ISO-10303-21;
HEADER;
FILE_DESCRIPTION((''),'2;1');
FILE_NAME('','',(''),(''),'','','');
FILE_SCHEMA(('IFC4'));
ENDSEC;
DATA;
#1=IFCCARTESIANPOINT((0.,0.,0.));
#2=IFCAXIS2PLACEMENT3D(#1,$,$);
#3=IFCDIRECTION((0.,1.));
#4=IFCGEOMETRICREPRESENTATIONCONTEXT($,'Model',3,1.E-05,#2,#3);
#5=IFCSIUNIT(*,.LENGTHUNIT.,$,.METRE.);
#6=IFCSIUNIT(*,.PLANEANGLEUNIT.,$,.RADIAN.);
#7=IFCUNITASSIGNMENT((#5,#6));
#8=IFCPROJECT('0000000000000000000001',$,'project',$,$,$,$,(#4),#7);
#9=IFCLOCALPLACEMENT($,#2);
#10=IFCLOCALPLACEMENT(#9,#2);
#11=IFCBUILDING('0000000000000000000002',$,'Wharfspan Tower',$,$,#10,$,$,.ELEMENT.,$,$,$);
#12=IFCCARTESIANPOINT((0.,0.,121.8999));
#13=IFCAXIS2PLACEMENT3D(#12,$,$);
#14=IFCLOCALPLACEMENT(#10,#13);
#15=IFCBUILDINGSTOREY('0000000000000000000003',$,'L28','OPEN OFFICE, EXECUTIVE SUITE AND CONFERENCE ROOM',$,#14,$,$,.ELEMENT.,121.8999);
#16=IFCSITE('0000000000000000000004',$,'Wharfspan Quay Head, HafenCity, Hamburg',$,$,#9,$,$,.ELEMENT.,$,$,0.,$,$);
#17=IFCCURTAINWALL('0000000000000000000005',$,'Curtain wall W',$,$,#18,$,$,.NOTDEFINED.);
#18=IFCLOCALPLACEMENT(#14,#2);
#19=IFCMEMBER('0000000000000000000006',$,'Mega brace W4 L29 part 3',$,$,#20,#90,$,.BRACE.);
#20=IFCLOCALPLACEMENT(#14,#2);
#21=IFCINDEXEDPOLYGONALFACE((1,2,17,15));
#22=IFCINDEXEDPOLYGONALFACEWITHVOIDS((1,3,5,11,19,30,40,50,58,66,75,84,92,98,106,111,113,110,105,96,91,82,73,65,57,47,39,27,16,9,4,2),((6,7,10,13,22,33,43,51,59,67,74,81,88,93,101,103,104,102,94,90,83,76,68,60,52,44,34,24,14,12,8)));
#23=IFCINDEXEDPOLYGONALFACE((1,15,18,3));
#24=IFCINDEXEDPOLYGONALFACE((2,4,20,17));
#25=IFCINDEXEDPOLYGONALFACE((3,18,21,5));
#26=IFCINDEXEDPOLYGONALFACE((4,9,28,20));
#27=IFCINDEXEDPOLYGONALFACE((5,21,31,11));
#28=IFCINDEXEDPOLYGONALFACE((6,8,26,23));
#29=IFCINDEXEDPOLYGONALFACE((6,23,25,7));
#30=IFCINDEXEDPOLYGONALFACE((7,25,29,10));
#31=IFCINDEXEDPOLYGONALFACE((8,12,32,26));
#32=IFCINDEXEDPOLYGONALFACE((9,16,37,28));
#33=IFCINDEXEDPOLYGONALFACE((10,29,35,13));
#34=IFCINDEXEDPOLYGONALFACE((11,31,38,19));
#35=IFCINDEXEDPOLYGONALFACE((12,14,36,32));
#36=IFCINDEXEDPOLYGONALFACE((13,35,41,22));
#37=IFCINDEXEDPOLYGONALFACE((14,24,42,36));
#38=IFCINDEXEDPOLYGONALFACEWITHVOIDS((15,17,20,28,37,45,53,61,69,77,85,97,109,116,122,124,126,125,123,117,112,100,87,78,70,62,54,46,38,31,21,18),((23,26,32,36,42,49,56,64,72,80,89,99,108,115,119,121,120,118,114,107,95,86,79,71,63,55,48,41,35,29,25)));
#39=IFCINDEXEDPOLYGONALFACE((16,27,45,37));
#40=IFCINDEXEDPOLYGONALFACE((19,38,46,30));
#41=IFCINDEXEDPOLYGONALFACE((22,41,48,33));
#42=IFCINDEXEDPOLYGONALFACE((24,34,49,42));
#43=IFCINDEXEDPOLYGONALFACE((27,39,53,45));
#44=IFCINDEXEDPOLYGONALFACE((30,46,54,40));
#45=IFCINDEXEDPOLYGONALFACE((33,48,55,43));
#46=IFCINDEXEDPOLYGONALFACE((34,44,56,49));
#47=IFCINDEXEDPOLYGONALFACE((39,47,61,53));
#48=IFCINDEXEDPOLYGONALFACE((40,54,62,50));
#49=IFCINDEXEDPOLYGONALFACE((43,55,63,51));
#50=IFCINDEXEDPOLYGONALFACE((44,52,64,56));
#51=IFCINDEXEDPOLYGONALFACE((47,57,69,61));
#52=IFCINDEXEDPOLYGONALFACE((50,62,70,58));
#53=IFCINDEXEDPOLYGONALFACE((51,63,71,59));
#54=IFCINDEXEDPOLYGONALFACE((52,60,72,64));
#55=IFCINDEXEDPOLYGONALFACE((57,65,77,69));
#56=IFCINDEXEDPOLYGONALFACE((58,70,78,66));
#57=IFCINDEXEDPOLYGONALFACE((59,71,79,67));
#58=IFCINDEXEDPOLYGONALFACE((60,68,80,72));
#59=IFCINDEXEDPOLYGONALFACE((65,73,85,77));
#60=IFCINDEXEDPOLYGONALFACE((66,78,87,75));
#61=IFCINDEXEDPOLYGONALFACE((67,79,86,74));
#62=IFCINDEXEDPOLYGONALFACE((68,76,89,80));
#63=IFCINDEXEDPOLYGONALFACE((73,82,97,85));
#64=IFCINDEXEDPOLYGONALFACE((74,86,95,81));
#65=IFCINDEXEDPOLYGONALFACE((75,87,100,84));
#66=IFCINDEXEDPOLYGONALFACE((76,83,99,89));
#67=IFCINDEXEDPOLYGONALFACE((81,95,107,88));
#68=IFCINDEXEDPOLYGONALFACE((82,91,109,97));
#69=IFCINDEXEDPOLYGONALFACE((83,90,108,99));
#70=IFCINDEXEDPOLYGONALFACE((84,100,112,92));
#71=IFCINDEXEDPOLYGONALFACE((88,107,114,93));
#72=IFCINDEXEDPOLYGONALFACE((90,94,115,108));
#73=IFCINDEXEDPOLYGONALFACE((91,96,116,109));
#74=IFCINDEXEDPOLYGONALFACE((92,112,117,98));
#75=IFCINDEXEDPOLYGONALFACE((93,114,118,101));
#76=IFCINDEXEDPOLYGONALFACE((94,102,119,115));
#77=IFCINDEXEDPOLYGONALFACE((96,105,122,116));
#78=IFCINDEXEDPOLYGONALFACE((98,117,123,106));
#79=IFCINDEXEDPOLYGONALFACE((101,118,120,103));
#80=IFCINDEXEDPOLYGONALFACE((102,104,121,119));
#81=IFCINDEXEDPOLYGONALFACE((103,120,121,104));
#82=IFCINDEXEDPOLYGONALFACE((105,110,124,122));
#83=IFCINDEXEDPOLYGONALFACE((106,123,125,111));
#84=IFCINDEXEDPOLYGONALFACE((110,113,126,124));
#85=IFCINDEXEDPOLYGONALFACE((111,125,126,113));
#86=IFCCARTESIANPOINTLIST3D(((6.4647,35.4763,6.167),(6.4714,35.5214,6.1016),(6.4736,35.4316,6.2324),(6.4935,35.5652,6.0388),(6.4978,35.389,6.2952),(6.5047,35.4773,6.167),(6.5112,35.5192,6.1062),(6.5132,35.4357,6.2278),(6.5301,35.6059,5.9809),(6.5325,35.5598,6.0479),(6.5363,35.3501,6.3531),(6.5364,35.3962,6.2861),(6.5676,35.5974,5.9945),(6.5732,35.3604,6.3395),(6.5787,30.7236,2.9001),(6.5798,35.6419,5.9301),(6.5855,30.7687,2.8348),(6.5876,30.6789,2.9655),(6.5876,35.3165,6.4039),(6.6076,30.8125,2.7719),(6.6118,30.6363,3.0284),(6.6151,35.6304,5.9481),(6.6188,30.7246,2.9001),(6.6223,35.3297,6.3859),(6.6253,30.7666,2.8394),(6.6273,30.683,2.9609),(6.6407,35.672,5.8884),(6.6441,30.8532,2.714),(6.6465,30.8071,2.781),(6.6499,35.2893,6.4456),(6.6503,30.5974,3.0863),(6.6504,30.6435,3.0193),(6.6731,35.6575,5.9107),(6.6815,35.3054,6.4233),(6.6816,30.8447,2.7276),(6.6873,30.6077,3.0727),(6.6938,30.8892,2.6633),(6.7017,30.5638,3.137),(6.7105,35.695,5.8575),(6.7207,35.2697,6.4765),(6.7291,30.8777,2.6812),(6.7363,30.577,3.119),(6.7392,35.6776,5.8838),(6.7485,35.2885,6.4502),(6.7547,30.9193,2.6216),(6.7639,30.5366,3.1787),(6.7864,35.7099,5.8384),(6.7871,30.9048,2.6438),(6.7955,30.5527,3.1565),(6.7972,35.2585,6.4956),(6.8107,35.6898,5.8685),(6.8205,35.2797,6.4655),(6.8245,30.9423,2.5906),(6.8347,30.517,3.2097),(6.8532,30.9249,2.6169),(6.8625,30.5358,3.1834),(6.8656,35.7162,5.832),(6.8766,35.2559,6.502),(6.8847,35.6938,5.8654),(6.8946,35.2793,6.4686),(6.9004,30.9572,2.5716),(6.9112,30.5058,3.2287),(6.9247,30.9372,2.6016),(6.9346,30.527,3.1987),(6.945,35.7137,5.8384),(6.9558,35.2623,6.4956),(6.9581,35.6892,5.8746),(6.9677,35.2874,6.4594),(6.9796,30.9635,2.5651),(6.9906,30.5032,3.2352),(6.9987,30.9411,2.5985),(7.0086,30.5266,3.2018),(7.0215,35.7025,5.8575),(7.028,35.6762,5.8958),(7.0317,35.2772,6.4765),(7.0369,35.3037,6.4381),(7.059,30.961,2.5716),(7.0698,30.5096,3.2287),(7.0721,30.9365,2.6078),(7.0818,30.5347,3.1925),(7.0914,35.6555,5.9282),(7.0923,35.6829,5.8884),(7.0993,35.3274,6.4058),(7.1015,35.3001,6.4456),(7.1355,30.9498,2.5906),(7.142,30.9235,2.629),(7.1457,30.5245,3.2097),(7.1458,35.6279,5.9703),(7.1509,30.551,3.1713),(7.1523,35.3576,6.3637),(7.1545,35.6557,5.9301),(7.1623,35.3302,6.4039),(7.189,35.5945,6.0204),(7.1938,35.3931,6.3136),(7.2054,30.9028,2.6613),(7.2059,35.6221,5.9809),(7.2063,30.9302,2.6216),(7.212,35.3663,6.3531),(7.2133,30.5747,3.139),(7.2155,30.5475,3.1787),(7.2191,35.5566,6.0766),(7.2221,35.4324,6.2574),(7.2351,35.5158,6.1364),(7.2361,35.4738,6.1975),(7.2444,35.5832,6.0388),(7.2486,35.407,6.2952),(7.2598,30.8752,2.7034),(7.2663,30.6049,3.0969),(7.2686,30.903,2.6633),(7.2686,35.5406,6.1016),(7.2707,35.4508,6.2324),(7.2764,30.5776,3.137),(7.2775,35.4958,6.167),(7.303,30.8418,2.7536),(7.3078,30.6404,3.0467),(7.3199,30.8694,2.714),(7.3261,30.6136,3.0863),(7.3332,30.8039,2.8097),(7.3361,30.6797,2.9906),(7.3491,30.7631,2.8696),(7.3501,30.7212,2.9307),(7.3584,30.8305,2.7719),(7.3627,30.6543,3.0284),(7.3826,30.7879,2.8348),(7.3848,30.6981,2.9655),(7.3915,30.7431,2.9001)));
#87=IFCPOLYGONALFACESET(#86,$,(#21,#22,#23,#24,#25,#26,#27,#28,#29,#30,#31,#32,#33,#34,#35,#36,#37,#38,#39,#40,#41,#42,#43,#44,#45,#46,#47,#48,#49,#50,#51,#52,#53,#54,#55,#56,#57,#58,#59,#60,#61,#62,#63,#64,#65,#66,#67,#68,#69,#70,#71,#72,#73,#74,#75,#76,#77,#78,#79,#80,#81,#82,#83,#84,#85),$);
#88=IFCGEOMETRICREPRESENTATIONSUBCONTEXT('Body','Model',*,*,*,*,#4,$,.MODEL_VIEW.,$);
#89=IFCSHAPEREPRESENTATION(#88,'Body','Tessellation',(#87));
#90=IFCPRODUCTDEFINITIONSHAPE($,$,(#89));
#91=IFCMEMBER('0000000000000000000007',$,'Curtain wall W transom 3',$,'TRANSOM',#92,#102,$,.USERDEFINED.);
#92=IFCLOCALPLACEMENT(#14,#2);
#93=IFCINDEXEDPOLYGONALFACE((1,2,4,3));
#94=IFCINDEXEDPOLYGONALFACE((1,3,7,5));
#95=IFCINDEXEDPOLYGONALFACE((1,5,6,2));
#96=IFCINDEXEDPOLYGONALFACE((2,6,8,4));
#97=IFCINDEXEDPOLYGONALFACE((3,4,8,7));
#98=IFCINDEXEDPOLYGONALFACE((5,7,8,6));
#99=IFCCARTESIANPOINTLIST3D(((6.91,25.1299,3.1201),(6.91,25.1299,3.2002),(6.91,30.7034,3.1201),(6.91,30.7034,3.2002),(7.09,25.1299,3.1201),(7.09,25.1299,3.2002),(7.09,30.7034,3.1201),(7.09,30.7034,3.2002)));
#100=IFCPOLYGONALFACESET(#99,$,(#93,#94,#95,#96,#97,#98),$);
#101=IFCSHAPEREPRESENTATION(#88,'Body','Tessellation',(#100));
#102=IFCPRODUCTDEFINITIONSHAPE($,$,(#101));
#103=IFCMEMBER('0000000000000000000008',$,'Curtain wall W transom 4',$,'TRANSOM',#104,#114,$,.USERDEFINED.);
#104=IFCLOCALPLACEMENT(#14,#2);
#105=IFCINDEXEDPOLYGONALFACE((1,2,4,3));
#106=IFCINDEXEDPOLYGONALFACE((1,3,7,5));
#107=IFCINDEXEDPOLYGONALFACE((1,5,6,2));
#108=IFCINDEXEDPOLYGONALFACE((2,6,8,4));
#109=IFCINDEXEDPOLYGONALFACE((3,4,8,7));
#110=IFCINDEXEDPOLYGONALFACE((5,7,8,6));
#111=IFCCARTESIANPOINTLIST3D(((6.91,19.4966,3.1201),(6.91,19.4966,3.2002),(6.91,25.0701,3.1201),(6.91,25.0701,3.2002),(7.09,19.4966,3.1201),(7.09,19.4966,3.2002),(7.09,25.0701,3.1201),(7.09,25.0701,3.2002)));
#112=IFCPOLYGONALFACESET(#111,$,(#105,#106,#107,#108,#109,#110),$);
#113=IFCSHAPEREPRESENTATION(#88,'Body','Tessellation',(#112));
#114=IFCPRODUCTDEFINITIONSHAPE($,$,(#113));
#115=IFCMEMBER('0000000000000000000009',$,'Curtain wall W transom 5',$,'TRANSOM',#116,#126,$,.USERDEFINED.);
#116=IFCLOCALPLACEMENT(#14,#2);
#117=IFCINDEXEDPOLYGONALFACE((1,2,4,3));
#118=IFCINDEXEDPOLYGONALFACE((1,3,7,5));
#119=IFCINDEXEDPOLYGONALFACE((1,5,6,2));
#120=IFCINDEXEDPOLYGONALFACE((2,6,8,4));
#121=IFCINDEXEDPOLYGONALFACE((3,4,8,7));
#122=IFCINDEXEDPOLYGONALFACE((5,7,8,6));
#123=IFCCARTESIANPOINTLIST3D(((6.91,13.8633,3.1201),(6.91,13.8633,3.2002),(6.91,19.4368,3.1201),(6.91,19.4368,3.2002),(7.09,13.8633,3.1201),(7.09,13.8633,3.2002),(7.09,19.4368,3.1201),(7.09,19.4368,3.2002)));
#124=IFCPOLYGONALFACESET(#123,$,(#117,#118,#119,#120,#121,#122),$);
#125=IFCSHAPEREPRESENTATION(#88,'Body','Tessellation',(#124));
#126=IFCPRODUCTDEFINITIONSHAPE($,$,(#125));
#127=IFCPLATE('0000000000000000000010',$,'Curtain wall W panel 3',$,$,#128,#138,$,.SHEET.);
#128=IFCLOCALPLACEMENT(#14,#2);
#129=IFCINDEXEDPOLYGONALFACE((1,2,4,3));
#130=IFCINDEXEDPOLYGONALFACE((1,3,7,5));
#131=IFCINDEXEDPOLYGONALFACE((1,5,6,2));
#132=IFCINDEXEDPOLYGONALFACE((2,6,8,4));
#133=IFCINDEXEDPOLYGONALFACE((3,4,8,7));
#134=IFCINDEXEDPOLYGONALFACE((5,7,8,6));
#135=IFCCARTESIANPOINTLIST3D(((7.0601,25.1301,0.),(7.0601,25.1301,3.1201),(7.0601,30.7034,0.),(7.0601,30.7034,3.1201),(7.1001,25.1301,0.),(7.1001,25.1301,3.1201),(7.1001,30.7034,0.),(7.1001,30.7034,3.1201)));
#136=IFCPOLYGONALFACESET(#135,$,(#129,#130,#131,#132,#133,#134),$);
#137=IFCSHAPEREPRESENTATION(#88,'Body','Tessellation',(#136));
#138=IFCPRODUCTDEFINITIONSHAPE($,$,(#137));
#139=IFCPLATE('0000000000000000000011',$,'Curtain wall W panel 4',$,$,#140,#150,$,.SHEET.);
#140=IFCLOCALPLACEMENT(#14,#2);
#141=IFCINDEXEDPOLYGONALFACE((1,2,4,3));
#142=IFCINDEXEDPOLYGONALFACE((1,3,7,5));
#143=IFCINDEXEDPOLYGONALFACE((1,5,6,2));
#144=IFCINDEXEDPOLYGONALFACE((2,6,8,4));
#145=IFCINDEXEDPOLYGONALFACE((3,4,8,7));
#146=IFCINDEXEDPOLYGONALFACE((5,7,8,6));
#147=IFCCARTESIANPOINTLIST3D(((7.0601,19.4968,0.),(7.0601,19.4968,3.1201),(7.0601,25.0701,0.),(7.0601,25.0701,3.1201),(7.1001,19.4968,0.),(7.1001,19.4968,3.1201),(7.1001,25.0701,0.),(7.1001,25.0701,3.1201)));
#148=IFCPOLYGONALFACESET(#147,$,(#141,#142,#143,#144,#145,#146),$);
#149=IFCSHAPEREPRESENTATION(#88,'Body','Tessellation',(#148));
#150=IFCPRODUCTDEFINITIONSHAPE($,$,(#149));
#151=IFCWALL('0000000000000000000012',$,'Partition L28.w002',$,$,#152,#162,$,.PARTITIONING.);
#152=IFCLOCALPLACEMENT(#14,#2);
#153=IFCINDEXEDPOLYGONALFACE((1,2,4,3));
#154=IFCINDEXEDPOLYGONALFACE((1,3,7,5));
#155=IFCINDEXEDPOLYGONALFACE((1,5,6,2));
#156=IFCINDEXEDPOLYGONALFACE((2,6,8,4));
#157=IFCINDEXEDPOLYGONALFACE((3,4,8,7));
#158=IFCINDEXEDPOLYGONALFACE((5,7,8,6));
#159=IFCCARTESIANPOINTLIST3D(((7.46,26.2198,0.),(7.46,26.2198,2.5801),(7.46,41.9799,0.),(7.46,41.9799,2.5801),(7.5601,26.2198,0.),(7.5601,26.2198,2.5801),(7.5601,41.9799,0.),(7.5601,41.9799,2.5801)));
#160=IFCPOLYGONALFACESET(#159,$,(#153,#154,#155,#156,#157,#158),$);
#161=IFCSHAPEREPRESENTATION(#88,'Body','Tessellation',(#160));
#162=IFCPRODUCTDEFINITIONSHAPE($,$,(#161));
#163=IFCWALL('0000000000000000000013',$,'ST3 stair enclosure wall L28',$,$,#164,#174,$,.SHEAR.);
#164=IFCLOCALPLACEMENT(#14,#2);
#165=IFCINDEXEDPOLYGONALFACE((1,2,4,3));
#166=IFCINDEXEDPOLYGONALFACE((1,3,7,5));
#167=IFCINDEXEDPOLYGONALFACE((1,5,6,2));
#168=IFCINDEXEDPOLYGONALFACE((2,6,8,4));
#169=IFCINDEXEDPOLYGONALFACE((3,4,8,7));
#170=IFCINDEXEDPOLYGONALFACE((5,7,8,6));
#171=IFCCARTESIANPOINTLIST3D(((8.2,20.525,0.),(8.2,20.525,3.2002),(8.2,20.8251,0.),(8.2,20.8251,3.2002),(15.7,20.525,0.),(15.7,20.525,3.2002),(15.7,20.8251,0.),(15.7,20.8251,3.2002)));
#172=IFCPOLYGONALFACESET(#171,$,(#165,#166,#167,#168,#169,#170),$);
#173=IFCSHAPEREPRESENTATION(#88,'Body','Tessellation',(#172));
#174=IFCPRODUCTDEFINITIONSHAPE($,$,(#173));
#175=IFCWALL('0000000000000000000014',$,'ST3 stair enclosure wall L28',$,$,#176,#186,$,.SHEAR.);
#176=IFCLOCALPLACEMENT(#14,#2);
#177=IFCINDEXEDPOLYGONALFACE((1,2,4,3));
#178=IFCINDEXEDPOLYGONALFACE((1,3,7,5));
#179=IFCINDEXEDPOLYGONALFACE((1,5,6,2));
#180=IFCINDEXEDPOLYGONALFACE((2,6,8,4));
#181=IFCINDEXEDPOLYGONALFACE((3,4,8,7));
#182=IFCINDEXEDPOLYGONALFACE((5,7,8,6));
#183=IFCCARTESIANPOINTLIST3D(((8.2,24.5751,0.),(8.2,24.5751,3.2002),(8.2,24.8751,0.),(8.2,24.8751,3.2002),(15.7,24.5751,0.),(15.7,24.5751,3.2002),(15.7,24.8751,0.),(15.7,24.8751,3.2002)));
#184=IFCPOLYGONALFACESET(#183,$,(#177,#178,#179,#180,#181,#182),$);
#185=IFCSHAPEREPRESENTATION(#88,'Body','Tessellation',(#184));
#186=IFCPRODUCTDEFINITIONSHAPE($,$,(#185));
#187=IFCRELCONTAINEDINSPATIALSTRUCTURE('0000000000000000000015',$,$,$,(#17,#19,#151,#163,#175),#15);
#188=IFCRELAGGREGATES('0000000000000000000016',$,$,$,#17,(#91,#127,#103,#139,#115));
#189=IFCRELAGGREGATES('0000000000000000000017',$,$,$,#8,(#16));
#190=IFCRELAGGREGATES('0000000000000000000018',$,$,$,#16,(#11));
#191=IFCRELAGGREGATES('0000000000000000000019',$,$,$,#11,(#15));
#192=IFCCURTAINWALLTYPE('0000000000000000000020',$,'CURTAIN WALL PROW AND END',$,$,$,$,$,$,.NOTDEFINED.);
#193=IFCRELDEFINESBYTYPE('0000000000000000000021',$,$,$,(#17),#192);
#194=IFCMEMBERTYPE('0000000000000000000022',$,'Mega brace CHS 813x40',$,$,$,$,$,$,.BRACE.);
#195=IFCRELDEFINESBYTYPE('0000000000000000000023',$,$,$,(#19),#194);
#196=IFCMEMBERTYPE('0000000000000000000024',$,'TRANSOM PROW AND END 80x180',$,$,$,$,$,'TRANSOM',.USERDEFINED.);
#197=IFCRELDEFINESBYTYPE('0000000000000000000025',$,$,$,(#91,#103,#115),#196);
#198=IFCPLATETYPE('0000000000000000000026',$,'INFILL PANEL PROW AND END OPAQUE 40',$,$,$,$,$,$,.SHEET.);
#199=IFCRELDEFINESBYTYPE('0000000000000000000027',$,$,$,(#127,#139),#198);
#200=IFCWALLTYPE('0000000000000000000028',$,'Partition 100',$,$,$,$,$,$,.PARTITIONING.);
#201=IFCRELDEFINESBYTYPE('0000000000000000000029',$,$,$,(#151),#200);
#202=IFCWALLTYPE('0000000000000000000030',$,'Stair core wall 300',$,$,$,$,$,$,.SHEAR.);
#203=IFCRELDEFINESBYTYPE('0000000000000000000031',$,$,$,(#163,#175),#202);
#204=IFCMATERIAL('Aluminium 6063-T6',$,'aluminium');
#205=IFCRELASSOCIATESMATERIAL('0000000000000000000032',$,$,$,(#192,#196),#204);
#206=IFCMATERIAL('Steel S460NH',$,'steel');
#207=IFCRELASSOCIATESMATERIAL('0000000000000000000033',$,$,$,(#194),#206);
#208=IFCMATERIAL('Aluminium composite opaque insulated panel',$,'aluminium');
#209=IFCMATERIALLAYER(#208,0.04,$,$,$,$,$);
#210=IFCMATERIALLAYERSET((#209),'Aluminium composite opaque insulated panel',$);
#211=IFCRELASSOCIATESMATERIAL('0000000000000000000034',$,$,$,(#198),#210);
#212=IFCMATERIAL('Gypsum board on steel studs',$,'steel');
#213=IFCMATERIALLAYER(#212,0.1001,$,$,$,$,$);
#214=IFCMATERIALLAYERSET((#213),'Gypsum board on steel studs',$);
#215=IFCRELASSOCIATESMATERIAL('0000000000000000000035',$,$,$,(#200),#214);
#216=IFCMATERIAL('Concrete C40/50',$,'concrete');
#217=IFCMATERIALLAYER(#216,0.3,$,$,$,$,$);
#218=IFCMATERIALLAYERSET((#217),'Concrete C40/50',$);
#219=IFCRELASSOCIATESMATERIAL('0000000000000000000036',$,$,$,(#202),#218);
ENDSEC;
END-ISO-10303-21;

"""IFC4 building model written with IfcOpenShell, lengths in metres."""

from ifc_helpers import new_model, si_unit, direction, frame, frame_2d, origin, origin_2d, place, context, subcontext, project, spatial, rectangle, hollow_circle, extrude, material, layer, layer_set, material_profile, profile_set, type_object, element, aggregate, save


model = new_model("IFC4")

# Units and contexts
model_context = context("Model", 3, precision=1e-05, world=origin(), true_north=direction((0.0, 1.0)))
body_context = subcontext(model_context, "Body", "Model", "MODEL_VIEW")
ifc_project = project(units=[si_unit("LENGTHUNIT", "METRE"), si_unit("PLANEANGLEUNIT", "RADIAN")], contexts=[model_context])

# Site, building, storey
site_placement = place(None, origin())
site = spatial("IfcSite", under=ifc_project, at=site_placement, Name="Wharfspan Quay Head, HafenCity, Hamburg", CompositionType="ELEMENT", RefElevation=0.0)
building_placement = place(site_placement, origin())
building = spatial("IfcBuilding", under=site, at=building_placement, Name="Wharfspan Tower", CompositionType="ELEMENT")
storey_placement = place(building_placement, frame((0.0, 0.0, 121.8999)))
storey = spatial("IfcBuildingStorey", under=building, at=storey_placement, Name="L28", Description="OPEN OFFICE, EXECUTIVE SUITE AND CONFERENCE ROOM", CompositionType="ELEMENT", Elevation=121.8999)

# Curtain wall
ifc_material_1 = material(Name="Aluminium 6063-T6", Category="aluminium")
curtain_wall_type = type_object("IfcCurtainWallType", Name="CURTAIN WALL PROW AND END", PredefinedType="NOTDEFINED", material=ifc_material_1)
curtain_wall_placement = place(storey_placement, origin())
curtain_wall = element("IfcCurtainWall", 1, at=curtain_wall_placement, inside=storey, type_object=curtain_wall_type, Name="Curtain wall W", PredefinedType="NOTDEFINED")

# Member
ifc_material_2 = material(Name="Steel S460NH", Category="steel")
ifc_material_profile_1 = material_profile(ifc_material_2, hollow_circle(Radius=0.4065, WallThickness=0.04, at=origin_2d()))
ifc_profile_set_1 = profile_set([ifc_material_profile_1], Name="Steel S460NH")
member_type_1 = type_object("IfcMemberType", Name="Mega brace CHS 813x40", PredefinedType="BRACE", material=ifc_profile_set_1)
member_1_placement = place(storey_placement, frame((6.9851, 30.7334, 2.9001), z_axis=(-0.019766, 0.823932, 0.566344), x_axis=(-0.999712, -0.023985, 0.000003)))
element("IfcMember", 2, at=member_1_placement, inside=storey, type_object=member_type_1, Name="Mega brace W4 L29 part 3", PredefinedType="BRACE", context=body_context, shape_type="SweptSolid", body=[
    extrude(hollow_circle(Radius=0.4065, WallThickness=0.04, at=origin_2d()), origin(), (0.0, 0.0, 1.0), 5.7683),
])

# Members
ifc_material_profile_2 = material_profile(ifc_material_1, rectangle(XDim=0.1799, YDim=0.0801, at=origin_2d()))
ifc_profile_set_2 = profile_set([ifc_material_profile_2], Name="Aluminium 6063-T6")
member_type_2 = type_object("IfcMemberType", Name="TRANSOM PROW AND END 80x180", ElementType="TRANSOM", PredefinedType="USERDEFINED", material=ifc_profile_set_2)
member_2_placement = place(storey_placement, frame((7.0, 30.7034, 3.1602), z_axis=(0.0, -1.0, 0.0), x_axis=(1.0, 0.0, 0.0)))
member_2 = element("IfcMember", 3, at=member_2_placement, type_object=member_type_2, Name="Curtain wall W transom 3", ObjectType="TRANSOM", PredefinedType="USERDEFINED", context=body_context, shape_type="SweptSolid", body=[
    extrude(rectangle(XDim=0.1799, YDim=0.0801, at=origin_2d()), origin(), (0.0, 0.0, 1.0), 5.5735),
])
member_3_placement = place(storey_placement, frame((7.0, 25.0701, 3.1602), z_axis=(0.0, -1.0, 0.0), x_axis=(1.0, 0.0, 0.0)))
member_3 = element("IfcMember", 4, at=member_3_placement, type_object=member_type_2, Name="Curtain wall W transom 4", ObjectType="TRANSOM", PredefinedType="USERDEFINED", context=body_context, shape_type="SweptSolid", body=[
    extrude(rectangle(XDim=0.1799, YDim=0.0801, at=origin_2d()), origin(), (0.0, 0.0, 1.0), 5.5735),
])
member_4_placement = place(storey_placement, frame((7.0, 19.4368, 3.1602), z_axis=(0.0, -1.0, 0.0), x_axis=(1.0, 0.0, 0.0)))
member_4 = element("IfcMember", 5, at=member_4_placement, type_object=member_type_2, Name="Curtain wall W transom 5", ObjectType="TRANSOM", PredefinedType="USERDEFINED", context=body_context, shape_type="SweptSolid", body=[
    extrude(rectangle(XDim=0.1799, YDim=0.0801, at=origin_2d()), origin(), (0.0, 0.0, 1.0), 5.5735),
])

# Plates
ifc_material_3 = material(Name="Aluminium composite opaque insulated panel", Category="aluminium")
ifc_layer_1 = layer(ifc_material_3, 0.04)
ifc_layer_set_1 = layer_set([ifc_layer_1], Name="Aluminium composite opaque insulated panel")
plate_type = type_object("IfcPlateType", Name="INFILL PANEL PROW AND END OPAQUE 40", PredefinedType="SHEET", material=ifc_layer_set_1)
plate_1_placement = place(storey_placement, frame((7.0801, 27.9167, 0.0), z_axis=(0.0, 0.0, 1.0), x_axis=(0.0, -1.0, 0.0)))
plate_1 = element("IfcPlate", 6, at=plate_1_placement, type_object=plate_type, Name="Curtain wall W panel 3", PredefinedType="SHEET", context=body_context, shape_type="SweptSolid", body=[
    extrude(rectangle(XDim=5.5732, YDim=0.04, at=origin_2d()), origin(), (0.0, 0.0, 1.0), 3.1201),
])
plate_2_placement = place(storey_placement, frame((7.0801, 22.2834, 0.0), z_axis=(0.0, 0.0, 1.0), x_axis=(0.0, -1.0, 0.0)))
plate_2 = element("IfcPlate", 7, at=plate_2_placement, type_object=plate_type, Name="Curtain wall W panel 4", PredefinedType="SHEET", context=body_context, shape_type="SweptSolid", body=[
    extrude(rectangle(XDim=5.5732, YDim=0.04, at=origin_2d()), origin(), (0.0, 0.0, 1.0), 3.1201),
])
aggregate(curtain_wall, [member_2, plate_1, member_3, plate_2, member_4])

# Walls
ifc_material_4 = material(Name="Gypsum board on steel studs", Category="steel")
ifc_layer_2 = layer(ifc_material_4, 0.1001)
ifc_layer_set_2 = layer_set([ifc_layer_2], Name="Gypsum board on steel studs")
wall_type_1 = type_object("IfcWallType", Name="Partition 100", PredefinedType="PARTITIONING", material=ifc_layer_set_2)
wall_1_placement = place(storey_placement, frame((7.51, 26.22, 0.0), z_axis=(0.0, 0.0, 1.0), x_axis=(0.0, 1.0, 0.0)))
element("IfcWall", 8, at=wall_1_placement, inside=storey, type_object=wall_type_1, Name="Partition L28.w002", PredefinedType="PARTITIONING", context=body_context, shape_type="SweptSolid", body=[
    extrude(rectangle(XDim=15.76, YDim=0.1001, at=frame_2d((7.8799, 0.0))), origin(), (0.0, 0.0, 1.0), 2.5801),
])
ifc_material_5 = material(Name="Concrete C40/50", Category="concrete")
ifc_layer_3 = layer(ifc_material_5, 0.3)
ifc_layer_set_3 = layer_set([ifc_layer_3], Name="Concrete C40/50")
wall_type_2 = type_object("IfcWallType", Name="Stair core wall 300", PredefinedType="SHEAR", material=ifc_layer_set_3)
for number, where, z_axis, x_axis, name in (
    (9, (8.2, 20.675, 0.0), (0.0, 0.0, 1.0), (1.0, 0.0, 0.0), "ST3 stair enclosure wall L28"),
    (10, (8.2, 24.7251, 0.0), (0.0, 0.0, 1.0), (1.0, 0.0, 0.0), "ST3 stair enclosure wall L28"),
):
    element("IfcWall", number, at=place(storey_placement, frame(where, z_axis=z_axis, x_axis=x_axis)), inside=storey, type_object=wall_type_2, Name=name, PredefinedType="SHEAR", context=body_context, shape_type="SweptSolid", body=[
        extrude(rectangle(XDim=7.5, YDim=0.3, at=frame_2d((3.75, 0.0))), origin(), (0.0, 0.0, 1.0), 3.2002),
    ])

save(model, "model.ifc")
